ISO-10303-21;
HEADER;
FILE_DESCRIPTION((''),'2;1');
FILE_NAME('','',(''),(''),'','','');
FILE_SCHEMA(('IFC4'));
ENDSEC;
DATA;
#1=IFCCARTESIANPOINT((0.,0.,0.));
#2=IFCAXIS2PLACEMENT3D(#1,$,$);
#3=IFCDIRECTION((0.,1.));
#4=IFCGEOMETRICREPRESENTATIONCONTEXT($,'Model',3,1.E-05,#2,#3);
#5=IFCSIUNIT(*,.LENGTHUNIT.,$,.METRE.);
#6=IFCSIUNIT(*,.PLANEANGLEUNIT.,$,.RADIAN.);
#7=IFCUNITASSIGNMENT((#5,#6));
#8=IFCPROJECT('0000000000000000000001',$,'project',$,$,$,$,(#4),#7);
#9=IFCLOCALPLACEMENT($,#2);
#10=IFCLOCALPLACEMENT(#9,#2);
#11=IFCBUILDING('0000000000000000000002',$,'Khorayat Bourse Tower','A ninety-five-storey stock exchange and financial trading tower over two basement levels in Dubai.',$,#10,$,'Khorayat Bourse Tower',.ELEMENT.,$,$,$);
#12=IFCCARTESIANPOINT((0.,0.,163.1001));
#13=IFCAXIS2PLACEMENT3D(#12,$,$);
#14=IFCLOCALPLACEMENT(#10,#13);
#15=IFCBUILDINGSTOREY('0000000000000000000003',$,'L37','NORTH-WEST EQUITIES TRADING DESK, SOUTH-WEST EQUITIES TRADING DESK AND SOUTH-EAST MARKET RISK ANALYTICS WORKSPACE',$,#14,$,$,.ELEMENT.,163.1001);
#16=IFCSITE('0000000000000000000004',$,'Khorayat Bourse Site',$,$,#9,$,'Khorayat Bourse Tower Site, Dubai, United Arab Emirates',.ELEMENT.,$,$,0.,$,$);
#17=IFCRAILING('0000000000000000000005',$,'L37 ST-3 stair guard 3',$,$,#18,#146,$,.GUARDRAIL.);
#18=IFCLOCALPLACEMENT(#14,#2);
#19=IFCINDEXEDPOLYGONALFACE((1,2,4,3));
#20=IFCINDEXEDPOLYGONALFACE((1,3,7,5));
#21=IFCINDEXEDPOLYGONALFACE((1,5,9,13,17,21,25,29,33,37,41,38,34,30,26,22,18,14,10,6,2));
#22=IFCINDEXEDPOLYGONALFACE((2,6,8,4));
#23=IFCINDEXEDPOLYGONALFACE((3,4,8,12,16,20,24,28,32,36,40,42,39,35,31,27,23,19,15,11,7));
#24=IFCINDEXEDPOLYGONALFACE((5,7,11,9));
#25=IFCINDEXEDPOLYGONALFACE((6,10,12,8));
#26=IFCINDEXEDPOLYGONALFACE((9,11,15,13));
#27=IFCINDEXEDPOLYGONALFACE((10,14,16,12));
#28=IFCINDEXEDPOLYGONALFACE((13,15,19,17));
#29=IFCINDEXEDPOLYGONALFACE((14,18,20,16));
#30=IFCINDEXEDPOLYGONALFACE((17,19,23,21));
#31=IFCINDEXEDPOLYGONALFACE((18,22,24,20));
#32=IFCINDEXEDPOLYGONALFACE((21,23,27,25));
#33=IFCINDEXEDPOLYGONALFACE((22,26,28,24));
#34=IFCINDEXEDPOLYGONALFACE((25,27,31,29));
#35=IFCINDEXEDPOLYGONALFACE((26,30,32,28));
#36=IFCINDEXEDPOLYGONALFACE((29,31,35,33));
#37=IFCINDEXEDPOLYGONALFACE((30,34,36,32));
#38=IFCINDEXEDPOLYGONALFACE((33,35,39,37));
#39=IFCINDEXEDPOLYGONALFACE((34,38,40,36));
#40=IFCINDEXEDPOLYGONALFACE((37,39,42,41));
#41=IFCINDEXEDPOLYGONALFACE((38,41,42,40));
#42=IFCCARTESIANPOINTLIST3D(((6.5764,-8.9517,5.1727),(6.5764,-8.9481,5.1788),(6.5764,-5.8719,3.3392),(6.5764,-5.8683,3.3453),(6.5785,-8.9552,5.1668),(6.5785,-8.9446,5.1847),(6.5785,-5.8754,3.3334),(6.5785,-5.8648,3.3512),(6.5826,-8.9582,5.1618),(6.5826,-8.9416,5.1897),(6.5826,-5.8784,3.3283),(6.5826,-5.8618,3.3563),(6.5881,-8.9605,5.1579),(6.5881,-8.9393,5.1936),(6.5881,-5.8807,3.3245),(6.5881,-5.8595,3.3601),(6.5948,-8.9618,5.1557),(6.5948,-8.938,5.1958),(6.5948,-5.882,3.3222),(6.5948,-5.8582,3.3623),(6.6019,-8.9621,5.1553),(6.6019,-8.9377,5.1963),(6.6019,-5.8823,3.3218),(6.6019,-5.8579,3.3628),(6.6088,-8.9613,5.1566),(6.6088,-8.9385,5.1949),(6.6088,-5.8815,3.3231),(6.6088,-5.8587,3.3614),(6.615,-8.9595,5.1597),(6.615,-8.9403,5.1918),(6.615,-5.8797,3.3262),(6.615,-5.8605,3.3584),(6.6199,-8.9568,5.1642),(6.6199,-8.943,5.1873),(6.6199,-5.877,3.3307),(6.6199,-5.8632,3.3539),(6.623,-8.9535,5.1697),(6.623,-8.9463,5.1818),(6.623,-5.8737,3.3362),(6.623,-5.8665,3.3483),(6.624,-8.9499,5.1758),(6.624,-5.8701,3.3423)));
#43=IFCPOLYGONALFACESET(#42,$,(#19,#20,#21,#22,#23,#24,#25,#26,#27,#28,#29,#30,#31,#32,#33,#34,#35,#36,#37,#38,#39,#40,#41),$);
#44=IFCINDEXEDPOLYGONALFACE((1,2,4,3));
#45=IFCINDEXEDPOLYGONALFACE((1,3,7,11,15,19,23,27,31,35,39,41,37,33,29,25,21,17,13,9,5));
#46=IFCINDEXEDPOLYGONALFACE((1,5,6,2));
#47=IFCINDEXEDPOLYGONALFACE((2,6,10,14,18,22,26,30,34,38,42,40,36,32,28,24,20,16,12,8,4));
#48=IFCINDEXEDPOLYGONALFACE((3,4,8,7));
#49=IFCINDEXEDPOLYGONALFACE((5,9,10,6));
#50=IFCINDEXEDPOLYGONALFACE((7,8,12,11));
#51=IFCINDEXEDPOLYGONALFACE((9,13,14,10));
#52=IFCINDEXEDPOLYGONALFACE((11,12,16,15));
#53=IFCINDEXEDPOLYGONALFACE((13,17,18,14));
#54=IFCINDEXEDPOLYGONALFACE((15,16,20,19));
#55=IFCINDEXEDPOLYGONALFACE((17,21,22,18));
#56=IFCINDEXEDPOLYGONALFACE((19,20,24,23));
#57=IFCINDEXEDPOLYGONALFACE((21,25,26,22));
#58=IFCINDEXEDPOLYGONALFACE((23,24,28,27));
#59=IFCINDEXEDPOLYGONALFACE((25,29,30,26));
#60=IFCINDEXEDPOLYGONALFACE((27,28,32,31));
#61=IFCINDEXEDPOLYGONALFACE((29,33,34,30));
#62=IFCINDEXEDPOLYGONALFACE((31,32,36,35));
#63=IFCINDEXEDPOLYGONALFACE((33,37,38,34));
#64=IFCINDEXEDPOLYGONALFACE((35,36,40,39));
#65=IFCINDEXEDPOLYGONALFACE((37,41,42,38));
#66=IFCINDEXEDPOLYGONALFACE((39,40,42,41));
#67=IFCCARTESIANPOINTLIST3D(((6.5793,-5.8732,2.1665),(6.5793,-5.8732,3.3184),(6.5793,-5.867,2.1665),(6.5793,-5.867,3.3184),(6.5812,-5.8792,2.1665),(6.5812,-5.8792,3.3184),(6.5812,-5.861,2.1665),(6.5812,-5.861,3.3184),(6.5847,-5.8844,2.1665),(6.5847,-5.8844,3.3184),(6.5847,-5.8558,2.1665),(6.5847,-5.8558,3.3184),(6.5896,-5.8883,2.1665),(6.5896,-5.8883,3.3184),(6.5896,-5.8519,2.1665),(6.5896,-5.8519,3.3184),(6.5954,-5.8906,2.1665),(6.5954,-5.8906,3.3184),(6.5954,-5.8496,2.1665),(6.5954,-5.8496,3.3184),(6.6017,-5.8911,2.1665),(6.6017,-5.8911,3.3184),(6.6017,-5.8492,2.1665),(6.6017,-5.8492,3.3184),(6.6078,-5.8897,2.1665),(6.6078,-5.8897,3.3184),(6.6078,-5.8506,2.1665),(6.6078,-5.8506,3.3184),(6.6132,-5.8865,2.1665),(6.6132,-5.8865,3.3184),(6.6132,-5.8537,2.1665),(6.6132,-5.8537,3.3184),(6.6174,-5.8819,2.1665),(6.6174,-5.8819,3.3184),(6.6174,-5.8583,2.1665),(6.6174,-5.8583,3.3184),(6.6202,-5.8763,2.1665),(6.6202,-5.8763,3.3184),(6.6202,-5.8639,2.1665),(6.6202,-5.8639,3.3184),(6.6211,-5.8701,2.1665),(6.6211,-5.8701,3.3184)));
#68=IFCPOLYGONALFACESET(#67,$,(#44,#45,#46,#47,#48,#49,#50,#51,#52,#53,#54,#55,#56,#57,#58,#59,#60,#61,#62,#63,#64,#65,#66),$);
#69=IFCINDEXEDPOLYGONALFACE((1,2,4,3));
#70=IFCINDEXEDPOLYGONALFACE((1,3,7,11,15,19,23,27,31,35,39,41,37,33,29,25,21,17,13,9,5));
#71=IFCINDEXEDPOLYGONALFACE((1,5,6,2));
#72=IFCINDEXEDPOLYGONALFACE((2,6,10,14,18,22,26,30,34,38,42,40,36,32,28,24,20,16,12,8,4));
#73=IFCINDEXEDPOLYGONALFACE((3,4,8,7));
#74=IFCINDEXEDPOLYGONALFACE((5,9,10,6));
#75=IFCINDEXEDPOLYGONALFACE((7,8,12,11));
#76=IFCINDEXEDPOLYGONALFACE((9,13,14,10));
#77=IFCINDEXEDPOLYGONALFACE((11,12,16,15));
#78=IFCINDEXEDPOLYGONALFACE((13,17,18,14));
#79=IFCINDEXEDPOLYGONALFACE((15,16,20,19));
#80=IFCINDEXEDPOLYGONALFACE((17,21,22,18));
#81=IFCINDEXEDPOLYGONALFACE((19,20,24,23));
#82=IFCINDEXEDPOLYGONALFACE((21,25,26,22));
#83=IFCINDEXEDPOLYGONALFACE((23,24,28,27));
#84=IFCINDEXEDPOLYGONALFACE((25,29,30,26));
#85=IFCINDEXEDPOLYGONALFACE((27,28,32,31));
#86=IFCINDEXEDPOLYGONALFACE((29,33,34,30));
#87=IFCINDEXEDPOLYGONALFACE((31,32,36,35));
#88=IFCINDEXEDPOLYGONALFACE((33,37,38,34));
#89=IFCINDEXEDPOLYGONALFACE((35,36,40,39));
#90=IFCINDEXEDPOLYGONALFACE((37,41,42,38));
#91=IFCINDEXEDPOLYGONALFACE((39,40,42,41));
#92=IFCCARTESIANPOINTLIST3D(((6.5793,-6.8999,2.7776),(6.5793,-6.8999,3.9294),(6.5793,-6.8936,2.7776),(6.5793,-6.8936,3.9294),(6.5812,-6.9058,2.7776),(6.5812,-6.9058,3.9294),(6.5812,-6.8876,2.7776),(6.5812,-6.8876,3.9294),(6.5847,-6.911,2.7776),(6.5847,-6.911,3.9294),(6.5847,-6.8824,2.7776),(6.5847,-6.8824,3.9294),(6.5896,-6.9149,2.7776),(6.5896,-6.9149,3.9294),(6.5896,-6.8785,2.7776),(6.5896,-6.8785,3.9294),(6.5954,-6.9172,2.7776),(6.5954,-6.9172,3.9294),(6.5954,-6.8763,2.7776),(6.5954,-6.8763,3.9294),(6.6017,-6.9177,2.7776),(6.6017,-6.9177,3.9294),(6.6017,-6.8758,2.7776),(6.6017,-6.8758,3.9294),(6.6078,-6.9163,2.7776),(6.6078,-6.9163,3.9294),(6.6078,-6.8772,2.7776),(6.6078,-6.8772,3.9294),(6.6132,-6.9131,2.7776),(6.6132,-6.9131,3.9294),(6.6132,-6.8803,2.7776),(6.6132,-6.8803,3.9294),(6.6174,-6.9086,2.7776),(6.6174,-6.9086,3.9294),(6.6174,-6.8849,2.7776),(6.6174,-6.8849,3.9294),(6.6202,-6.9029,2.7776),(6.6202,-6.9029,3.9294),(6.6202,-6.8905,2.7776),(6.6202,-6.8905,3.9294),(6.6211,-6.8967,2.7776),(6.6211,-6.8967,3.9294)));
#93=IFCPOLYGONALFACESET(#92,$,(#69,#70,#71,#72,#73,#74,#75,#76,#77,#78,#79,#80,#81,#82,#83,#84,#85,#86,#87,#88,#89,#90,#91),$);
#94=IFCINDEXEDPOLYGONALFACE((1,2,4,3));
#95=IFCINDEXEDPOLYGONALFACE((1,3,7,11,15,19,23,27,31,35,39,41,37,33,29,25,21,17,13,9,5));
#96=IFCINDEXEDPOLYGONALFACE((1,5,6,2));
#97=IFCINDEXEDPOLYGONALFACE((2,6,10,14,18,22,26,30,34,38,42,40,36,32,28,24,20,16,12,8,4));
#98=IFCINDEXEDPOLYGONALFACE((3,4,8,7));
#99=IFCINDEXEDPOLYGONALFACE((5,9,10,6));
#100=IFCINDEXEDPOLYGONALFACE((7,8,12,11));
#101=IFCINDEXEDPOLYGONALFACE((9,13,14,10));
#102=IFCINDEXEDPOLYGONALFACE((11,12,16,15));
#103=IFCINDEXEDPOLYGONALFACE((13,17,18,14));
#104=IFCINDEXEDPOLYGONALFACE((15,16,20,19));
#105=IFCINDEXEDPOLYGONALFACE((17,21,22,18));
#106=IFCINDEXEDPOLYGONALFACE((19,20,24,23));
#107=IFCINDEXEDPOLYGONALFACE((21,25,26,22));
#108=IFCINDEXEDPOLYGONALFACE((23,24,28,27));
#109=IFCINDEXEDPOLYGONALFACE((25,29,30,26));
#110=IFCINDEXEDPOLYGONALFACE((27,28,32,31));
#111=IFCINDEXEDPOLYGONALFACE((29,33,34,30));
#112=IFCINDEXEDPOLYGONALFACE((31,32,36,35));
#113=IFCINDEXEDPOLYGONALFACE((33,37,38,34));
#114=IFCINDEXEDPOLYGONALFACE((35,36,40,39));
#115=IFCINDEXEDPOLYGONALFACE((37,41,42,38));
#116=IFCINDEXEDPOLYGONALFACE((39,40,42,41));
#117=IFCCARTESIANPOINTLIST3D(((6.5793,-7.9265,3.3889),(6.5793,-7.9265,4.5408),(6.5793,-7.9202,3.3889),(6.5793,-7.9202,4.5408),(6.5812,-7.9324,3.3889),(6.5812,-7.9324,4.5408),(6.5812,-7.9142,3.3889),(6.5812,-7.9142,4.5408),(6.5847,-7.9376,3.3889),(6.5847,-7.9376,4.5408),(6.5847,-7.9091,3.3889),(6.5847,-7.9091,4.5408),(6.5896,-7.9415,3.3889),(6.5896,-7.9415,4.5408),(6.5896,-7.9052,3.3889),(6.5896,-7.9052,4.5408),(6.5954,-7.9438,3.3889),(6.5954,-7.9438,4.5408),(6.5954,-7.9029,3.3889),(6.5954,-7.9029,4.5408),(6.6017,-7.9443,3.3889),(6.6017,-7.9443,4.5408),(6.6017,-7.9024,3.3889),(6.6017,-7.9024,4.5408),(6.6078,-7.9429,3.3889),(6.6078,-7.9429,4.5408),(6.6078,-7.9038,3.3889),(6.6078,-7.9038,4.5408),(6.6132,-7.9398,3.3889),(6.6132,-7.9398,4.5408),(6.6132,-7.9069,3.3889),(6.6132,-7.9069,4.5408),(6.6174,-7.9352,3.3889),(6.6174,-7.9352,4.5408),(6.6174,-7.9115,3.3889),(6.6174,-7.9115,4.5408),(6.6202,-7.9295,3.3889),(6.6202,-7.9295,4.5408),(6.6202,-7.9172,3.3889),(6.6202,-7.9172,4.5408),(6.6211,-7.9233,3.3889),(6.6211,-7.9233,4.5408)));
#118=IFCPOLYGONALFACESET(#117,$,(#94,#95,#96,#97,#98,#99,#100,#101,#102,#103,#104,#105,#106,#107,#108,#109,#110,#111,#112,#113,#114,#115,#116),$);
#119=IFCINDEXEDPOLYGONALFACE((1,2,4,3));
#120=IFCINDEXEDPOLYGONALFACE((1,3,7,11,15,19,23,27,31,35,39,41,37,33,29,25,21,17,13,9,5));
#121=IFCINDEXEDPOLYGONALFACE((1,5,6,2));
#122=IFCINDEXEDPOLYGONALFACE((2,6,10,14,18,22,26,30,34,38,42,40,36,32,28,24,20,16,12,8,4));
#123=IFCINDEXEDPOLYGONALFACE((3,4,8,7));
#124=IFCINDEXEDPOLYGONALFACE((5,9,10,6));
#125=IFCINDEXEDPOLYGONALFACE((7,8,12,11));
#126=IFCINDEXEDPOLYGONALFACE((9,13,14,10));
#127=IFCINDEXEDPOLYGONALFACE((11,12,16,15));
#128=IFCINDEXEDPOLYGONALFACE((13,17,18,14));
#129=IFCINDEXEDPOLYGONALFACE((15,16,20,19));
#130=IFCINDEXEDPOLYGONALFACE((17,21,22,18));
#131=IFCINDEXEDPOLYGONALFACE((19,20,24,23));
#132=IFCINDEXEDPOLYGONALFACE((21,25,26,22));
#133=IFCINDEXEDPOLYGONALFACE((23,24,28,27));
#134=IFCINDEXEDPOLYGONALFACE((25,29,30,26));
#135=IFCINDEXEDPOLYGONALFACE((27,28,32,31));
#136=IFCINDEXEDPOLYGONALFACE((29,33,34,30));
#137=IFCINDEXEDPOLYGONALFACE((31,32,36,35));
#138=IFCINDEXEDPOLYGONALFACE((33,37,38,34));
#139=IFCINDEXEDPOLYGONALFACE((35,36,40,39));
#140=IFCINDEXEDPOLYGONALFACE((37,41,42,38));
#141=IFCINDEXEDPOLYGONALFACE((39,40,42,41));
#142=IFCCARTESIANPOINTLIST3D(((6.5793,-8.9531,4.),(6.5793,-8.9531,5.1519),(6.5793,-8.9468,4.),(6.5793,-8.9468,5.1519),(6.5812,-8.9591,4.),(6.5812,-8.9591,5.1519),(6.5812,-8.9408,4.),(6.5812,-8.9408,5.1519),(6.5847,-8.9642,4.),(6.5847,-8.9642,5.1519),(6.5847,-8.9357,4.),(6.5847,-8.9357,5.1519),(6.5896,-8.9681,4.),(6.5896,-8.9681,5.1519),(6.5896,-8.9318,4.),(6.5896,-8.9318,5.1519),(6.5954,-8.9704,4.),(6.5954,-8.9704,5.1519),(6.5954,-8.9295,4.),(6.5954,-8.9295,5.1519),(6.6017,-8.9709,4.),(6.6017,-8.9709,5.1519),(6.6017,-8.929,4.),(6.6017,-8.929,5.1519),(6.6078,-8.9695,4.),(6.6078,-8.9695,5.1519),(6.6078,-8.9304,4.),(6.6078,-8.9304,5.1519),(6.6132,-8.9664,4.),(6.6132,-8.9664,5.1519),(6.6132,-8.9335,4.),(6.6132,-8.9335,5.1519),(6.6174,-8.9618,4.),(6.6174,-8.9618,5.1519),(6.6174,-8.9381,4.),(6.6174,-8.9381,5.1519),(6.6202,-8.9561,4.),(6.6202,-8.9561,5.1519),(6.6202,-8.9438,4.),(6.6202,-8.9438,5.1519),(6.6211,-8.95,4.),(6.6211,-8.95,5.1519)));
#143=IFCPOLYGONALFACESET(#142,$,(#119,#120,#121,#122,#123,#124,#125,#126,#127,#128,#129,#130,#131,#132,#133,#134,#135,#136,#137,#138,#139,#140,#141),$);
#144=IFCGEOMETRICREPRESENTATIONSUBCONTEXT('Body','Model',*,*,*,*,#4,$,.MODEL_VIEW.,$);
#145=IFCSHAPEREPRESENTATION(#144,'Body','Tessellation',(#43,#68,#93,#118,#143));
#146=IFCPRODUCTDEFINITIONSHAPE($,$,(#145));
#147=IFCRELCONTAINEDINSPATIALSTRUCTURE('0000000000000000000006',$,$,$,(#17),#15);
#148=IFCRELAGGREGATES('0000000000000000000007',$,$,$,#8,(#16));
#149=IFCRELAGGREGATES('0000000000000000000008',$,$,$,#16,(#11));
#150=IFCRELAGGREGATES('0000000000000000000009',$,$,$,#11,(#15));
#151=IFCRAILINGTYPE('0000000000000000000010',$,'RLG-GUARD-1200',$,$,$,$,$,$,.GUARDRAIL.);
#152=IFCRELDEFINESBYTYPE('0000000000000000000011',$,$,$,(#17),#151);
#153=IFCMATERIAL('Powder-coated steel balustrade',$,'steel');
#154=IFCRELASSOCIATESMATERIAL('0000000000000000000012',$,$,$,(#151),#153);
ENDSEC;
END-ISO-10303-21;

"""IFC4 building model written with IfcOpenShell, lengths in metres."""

from ifc_helpers import new_model, si_unit, direction, frame, origin, origin_2d, place, context, subcontext, project, spatial, circle, extrude, source, transform, mapped, material, type_object, element, save


model = new_model("IFC4")

# Units and contexts
model_context = context("Model", 3, precision=1e-05, world=origin(), true_north=direction((0.0, 1.0)))
body_context = subcontext(model_context, "Body", "Model", "MODEL_VIEW")
ifc_project = project(units=[si_unit("LENGTHUNIT", "METRE"), si_unit("PLANEANGLEUNIT", "RADIAN")], contexts=[model_context])

# Site, building, storey
site_placement = place(None, origin())
site = spatial("IfcSite", under=ifc_project, at=site_placement, Name="Khorayat Bourse Site", LongName="Khorayat Bourse Tower Site, Dubai, United Arab Emirates", CompositionType="ELEMENT", RefElevation=0.0)
building_placement = place(site_placement, origin())
building = spatial("IfcBuilding", under=site, at=building_placement, Name="Khorayat Bourse Tower", Description="A ninety-five-storey stock exchange and financial trading tower over two basement levels in Dubai.", LongName="Khorayat Bourse Tower", CompositionType="ELEMENT")
storey_placement = place(building_placement, frame((0.0, 0.0, 163.1001)))
storey = spatial("IfcBuildingStorey", under=building, at=storey_placement, Name="L37", Description="NORTH-WEST EQUITIES TRADING DESK, SOUTH-WEST EQUITIES TRADING DESK AND SOUTH-EAST MARKET RISK ANALYTICS WORKSPACE", CompositionType="ELEMENT", Elevation=163.1001)

# Railing
ifc_material_1 = material(Name="Powder-coated steel balustrade", Category="steel")
railing_type_1 = type_object("IfcRailingType", Name="RLG-GUARD-1200", PredefinedType="GUARDRAIL", material=ifc_material_1)
shared_shape_1 = source(origin(), body_context, "Body", "SweptSolid", [
    extrude(circle(Radius=0.0239, at=origin_2d()), frame((0.0, 0.0, 1.1758), z_axis=(0.0, -0.859261, 0.511538), x_axis=(1.0, 0.0, 0.0)), (0.0, 0.0, 1.0), 3.5842),
    extrude(circle(Radius=0.021, at=origin_2d()), origin(), (0.0, 0.0, 1.0), 1.1519),
    extrude(circle(Radius=0.021, at=origin_2d()), frame((0.0, -1.0266, 0.6111)), (0.0, 0.0, 1.0), 1.1519),
    extrude(circle(Radius=0.021, at=origin_2d()), frame((0.0, -2.0532, 1.2224)), (0.0, 0.0, 1.0), 1.1519),
    extrude(circle(Radius=0.021, at=origin_2d()), frame((0.0, -3.0798, 1.8335)), (0.0, 0.0, 1.0), 1.1519),
])
railing_1_placement = place(storey_placement, frame((6.6001, -5.8701, 2.1665)))
element("IfcRailing", 1, at=railing_1_placement, inside=storey, type_object=railing_type_1, Name="L37 ST-3 stair guard 3", PredefinedType="GUARDRAIL", context=body_context, shape_type="MappedRepresentation", body=[
    mapped(shared_shape_1, transform((0.0, 0.0, 0.0), scale=1.0)),
])

save(model, "model.ifc")
